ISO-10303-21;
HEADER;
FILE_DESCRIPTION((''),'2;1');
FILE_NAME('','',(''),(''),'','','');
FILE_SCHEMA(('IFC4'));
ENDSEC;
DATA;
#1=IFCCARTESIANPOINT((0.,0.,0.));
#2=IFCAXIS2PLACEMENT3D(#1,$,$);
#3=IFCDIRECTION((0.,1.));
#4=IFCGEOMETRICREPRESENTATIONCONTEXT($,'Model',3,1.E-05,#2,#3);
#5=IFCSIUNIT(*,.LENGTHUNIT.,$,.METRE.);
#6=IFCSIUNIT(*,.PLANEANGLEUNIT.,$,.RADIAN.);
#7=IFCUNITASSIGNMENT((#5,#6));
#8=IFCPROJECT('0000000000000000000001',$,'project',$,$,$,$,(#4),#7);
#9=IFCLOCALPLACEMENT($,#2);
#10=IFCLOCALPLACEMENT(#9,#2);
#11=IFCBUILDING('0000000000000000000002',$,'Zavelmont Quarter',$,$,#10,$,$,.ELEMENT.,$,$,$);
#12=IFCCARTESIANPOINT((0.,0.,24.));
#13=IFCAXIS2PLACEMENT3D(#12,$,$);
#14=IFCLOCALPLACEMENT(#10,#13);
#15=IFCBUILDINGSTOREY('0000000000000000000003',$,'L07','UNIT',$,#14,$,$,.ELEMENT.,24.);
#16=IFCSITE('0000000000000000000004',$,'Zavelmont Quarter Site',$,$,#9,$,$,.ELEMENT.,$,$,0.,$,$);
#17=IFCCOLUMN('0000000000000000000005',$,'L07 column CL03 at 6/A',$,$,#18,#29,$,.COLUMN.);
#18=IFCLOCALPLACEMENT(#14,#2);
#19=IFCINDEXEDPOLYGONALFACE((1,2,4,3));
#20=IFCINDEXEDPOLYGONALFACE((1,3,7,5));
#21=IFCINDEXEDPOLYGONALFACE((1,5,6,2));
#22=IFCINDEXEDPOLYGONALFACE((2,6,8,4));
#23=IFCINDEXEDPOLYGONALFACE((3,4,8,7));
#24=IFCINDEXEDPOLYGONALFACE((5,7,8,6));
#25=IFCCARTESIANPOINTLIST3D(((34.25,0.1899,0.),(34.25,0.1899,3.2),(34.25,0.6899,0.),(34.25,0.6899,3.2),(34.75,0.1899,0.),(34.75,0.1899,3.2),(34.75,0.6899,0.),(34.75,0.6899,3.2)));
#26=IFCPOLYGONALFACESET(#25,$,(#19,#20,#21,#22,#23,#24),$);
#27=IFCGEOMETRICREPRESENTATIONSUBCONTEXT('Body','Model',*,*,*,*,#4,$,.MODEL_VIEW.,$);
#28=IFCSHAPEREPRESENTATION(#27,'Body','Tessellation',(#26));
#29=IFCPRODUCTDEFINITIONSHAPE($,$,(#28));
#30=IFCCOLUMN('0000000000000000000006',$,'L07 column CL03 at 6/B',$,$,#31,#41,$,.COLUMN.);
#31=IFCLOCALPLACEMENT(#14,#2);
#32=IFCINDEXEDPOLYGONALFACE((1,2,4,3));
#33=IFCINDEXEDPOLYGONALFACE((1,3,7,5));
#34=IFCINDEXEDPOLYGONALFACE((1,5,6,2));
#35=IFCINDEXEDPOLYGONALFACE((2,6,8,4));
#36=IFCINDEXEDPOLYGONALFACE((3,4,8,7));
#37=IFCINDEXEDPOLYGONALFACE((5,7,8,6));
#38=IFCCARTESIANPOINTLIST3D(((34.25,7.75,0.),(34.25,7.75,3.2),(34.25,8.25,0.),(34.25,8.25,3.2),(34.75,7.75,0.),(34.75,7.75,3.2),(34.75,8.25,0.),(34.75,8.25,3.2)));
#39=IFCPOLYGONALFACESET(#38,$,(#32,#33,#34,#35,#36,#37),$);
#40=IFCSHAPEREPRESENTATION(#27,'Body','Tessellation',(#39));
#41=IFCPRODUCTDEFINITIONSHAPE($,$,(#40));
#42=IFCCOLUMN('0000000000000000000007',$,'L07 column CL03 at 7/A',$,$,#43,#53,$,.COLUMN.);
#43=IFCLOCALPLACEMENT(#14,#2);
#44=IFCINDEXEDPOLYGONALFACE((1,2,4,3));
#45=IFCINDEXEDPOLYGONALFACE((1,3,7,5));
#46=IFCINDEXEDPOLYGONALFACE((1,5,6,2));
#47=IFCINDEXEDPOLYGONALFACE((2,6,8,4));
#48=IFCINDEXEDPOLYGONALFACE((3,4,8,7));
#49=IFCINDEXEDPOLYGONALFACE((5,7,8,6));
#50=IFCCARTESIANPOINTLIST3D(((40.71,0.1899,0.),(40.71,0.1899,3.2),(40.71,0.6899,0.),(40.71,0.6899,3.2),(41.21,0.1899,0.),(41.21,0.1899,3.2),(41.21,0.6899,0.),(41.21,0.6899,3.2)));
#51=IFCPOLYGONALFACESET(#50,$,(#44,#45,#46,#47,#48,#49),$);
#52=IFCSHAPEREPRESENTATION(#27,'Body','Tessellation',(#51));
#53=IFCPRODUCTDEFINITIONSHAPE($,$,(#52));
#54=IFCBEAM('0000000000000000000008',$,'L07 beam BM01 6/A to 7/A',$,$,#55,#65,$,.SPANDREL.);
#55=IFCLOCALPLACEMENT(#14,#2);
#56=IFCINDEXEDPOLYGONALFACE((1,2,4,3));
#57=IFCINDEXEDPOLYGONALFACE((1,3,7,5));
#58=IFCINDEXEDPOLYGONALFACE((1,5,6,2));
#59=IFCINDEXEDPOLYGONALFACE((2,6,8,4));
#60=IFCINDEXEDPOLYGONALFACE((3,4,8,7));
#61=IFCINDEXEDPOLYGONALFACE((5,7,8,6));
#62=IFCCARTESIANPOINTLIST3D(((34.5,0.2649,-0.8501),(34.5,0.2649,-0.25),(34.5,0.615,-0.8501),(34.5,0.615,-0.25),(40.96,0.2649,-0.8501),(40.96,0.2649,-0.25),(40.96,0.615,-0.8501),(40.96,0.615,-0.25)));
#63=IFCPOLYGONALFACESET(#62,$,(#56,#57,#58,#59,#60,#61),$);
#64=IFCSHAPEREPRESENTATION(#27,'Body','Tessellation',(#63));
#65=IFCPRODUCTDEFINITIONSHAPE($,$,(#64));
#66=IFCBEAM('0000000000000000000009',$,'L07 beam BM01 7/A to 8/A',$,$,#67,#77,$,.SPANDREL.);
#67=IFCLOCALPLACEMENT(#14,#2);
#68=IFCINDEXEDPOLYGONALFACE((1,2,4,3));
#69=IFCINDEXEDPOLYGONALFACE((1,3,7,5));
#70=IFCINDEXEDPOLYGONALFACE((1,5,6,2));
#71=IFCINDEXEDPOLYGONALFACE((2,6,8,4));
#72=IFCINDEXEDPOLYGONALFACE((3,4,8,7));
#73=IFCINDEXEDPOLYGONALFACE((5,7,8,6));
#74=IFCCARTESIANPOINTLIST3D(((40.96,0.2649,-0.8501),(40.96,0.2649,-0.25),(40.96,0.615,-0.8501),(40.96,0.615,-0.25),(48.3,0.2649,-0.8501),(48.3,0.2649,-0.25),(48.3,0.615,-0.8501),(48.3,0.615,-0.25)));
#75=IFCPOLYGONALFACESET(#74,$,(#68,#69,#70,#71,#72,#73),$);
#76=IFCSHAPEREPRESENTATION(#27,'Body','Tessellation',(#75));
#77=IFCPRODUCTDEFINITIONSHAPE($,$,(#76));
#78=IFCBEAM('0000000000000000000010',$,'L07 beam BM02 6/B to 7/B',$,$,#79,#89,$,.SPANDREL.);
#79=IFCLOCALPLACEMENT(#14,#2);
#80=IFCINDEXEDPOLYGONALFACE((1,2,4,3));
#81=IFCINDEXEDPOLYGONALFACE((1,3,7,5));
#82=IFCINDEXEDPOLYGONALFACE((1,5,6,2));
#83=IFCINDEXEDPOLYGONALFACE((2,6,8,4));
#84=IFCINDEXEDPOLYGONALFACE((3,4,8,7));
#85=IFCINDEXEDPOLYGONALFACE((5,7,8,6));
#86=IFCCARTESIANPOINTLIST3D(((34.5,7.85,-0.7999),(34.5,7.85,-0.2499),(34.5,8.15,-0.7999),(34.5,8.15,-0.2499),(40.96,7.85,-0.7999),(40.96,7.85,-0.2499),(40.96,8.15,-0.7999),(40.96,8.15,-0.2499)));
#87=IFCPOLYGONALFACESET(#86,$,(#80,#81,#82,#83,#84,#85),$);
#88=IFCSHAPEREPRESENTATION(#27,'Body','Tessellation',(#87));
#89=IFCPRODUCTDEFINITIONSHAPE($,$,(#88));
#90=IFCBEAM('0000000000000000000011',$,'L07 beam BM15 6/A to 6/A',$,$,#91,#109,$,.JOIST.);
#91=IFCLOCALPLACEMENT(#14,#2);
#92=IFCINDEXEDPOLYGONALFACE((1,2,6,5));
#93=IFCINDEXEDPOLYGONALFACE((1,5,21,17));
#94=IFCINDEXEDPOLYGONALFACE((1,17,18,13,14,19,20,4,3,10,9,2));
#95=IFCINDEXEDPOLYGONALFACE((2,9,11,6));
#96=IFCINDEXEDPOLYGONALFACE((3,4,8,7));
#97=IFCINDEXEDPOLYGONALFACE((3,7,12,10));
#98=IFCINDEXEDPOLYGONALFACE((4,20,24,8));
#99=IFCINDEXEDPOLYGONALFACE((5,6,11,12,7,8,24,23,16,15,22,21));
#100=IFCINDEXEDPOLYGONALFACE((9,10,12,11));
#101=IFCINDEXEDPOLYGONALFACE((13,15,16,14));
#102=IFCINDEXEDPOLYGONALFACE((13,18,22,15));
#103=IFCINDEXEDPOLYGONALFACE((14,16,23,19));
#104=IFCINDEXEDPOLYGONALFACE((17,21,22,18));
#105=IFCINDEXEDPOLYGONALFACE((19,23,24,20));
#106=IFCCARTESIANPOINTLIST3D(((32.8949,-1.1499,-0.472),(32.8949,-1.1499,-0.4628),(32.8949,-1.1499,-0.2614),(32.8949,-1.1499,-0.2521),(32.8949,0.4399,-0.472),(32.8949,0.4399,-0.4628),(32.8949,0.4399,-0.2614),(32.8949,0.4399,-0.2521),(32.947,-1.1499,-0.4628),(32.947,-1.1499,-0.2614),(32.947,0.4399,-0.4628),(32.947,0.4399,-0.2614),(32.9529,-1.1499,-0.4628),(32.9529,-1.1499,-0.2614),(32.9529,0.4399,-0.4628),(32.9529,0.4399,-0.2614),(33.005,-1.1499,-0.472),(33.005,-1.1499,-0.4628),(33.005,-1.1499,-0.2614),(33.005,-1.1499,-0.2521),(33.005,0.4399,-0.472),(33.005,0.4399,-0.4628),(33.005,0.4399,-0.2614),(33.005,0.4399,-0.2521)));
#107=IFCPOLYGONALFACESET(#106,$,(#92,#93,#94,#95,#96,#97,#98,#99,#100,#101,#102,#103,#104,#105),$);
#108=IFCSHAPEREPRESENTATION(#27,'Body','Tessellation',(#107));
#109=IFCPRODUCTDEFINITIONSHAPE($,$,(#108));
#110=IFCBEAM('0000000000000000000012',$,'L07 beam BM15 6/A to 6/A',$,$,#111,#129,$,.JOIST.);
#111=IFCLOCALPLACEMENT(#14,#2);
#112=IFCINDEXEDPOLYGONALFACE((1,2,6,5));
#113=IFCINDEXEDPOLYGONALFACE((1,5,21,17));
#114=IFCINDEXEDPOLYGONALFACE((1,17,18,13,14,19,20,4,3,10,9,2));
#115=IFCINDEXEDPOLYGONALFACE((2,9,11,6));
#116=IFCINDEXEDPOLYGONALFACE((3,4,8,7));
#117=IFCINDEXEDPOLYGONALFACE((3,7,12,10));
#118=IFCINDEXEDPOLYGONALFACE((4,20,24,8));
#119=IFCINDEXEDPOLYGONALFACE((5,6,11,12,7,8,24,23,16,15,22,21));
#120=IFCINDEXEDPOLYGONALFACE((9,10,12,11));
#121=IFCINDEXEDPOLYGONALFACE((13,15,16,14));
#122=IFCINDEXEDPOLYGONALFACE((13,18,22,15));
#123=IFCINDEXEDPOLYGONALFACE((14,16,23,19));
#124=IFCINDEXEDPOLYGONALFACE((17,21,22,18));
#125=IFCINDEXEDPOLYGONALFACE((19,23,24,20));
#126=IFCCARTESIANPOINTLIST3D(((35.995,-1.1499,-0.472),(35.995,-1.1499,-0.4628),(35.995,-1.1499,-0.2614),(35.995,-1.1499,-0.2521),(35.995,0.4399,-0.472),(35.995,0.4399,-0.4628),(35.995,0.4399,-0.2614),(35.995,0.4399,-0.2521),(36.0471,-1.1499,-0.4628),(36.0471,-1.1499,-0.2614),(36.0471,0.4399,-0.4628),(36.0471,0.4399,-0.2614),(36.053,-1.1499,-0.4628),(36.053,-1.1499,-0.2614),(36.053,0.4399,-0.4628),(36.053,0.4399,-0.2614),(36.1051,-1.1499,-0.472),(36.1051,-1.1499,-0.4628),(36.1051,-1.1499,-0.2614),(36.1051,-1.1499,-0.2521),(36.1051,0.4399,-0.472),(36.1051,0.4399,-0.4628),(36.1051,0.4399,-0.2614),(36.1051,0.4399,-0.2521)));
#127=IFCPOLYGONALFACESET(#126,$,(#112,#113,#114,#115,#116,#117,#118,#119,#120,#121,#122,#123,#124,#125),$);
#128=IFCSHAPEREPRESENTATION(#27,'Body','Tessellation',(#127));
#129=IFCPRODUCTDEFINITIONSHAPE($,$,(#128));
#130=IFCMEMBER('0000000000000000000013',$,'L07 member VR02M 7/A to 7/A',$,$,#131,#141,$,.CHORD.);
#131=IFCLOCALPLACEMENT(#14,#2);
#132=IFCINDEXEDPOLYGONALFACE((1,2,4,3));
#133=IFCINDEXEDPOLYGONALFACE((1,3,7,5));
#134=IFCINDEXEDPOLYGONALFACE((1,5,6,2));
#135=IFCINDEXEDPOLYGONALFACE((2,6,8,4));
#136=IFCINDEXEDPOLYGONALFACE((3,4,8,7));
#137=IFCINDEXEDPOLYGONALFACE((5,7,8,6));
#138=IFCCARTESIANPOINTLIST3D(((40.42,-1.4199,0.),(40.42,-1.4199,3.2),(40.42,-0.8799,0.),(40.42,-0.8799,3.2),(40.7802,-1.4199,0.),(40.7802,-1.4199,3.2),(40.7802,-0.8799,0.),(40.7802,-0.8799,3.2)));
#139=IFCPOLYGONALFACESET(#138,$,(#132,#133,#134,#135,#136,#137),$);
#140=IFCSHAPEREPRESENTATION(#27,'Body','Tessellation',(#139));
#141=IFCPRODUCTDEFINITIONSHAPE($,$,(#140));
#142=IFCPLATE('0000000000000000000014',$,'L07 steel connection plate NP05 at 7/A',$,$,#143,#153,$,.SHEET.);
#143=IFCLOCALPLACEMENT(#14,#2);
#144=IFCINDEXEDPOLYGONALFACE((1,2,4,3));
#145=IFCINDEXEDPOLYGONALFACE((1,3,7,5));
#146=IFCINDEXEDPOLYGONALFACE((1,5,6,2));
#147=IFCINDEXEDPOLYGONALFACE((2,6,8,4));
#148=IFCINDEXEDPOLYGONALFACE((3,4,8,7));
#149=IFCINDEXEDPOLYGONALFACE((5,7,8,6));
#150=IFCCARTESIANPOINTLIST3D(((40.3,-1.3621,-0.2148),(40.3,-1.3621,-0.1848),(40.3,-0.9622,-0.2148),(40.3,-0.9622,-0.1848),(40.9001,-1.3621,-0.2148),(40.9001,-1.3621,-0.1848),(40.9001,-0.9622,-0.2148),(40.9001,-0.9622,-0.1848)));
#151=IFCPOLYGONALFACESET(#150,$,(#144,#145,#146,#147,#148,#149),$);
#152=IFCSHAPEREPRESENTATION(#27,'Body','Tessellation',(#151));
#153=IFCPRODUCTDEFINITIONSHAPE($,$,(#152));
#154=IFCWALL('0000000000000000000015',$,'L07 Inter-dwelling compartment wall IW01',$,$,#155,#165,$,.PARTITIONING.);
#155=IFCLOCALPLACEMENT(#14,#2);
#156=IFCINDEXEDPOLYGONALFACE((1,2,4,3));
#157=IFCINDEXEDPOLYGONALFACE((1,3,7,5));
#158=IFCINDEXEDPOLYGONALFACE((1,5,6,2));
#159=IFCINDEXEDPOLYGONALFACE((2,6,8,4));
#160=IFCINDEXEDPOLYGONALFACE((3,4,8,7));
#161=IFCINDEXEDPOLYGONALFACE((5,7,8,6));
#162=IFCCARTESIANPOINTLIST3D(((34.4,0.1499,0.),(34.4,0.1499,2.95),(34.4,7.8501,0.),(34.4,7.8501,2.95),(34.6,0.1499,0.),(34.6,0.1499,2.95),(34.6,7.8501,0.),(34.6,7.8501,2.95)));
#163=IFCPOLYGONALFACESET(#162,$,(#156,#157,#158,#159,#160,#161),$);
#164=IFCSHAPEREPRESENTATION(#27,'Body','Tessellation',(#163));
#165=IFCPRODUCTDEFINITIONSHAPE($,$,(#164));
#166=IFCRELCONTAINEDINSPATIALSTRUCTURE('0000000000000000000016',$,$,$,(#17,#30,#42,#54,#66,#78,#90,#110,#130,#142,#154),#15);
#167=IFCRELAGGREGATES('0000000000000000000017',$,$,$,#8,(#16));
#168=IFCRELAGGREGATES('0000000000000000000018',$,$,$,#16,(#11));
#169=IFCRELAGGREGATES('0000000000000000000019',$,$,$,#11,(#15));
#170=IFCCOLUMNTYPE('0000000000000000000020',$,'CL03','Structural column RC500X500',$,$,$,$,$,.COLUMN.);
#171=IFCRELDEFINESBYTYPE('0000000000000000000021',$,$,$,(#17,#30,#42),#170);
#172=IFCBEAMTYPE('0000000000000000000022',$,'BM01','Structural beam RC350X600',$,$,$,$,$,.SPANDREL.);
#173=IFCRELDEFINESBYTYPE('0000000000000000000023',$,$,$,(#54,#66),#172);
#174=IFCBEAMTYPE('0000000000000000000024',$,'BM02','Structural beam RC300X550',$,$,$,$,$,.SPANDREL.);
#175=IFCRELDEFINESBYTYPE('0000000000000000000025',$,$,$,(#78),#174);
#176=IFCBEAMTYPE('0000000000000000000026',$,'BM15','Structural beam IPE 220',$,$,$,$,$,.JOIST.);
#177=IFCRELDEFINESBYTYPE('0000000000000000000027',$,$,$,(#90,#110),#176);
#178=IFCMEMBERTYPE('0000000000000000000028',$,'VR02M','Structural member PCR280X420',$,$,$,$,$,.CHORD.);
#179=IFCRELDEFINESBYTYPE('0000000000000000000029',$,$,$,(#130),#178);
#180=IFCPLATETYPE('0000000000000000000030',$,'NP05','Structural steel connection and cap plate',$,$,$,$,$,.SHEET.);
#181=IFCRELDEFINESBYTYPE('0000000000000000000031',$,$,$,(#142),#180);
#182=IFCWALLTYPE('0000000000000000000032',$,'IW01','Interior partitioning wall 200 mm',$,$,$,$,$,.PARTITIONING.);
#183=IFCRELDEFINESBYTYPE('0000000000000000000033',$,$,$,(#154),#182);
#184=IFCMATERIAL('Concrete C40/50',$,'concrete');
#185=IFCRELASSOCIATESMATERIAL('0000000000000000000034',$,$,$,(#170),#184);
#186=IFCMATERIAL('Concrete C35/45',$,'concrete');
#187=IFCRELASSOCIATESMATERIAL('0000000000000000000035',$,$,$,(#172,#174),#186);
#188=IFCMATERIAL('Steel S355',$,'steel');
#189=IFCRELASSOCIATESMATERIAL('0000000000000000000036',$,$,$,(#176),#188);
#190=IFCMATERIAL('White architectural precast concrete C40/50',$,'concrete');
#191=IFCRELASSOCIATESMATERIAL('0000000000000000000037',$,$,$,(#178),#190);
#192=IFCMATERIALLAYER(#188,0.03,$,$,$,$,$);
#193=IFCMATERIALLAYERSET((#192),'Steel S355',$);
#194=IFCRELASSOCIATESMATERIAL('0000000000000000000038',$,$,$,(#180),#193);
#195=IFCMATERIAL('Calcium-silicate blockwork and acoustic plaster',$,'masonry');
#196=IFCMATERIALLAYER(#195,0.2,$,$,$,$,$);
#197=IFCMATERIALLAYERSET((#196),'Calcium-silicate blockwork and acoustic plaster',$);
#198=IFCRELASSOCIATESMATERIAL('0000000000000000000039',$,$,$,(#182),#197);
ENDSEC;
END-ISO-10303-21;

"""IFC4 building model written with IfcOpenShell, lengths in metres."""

from ifc_helpers import new_model, si_unit, direction, frame, frame_2d, origin, origin_2d, place, context, subcontext, project, spatial, rectangle, i_section, extrude, material, layer, layer_set, material_profile, profile_set, type_object, element, save


model = new_model("IFC4")

# Units and contexts
model_context = context("Model", 3, precision=1e-05, world=origin(), true_north=direction((0.0, 1.0)))
body_context = subcontext(model_context, "Body", "Model", "MODEL_VIEW")
ifc_project = project(units=[si_unit("LENGTHUNIT", "METRE"), si_unit("PLANEANGLEUNIT", "RADIAN")], contexts=[model_context])

# Site, building, storey
site_placement = place(None, origin())
site = spatial("IfcSite", under=ifc_project, at=site_placement, Name="Zavelmont Quarter Site", CompositionType="ELEMENT", RefElevation=0.0)
building_placement = place(site_placement, origin())
building = spatial("IfcBuilding", under=site, at=building_placement, Name="Zavelmont Quarter", CompositionType="ELEMENT")
storey_placement = place(building_placement, frame((0.0, 0.0, 24.0)))
storey = spatial("IfcBuildingStorey", under=building, at=storey_placement, Name="L07", Description="UNIT", CompositionType="ELEMENT", Elevation=24.0)

# Columns
ifc_material_1 = material(Name="Concrete C40/50", Category="concrete")
ifc_material_profile_1 = material_profile(ifc_material_1, rectangle(XDim=0.5, YDim=0.5, at=origin_2d()), Name="RC500X500")
ifc_profile_set_1 = profile_set([ifc_material_profile_1], Name="Concrete C40/50")
column_type = type_object("IfcColumnType", Name="CL03", Description="Structural column RC500X500", PredefinedType="COLUMN", material=ifc_profile_set_1)
for number, where, z_axis, x_axis, name in (
    (1, (34.5, 0.4399, 0.0), (0.0, 0.0, 1.0), (1.0, 0.0, 0.0), "L07 column CL03 at 6/A"),
    (2, (34.5, 8.0, 0.0), (0.0, 0.0, 1.0), (1.0, 0.0, 0.0), "L07 column CL03 at 6/B"),
    (3, (40.96, 0.4399, 0.0), (0.0, 0.0, 1.0), (1.0, 0.0, 0.0), "L07 column CL03 at 7/A"),
):
    element("IfcColumn", number, at=place(storey_placement, frame(where, z_axis=z_axis, x_axis=x_axis)), inside=storey, type_object=column_type, Name=name, PredefinedType="COLUMN", context=body_context, shape_type="SweptSolid", body=[
        extrude(rectangle(XDim=0.5, YDim=0.5, at=origin_2d()), origin(), (0.0, 0.0, 1.0), 3.2),
    ])

# Beams
ifc_material_2 = material(Name="Concrete C35/45", Category="concrete")
ifc_material_profile_2 = material_profile(ifc_material_2, rectangle(XDim=0.3501, YDim=0.6001, at=origin_2d()), Name="RC350X600")
ifc_profile_set_2 = profile_set([ifc_material_profile_2], Name="Concrete C35/45")
beam_type_1 = type_object("IfcBeamType", Name="BM01", Description="Structural beam RC350X600", PredefinedType="SPANDREL", material=ifc_profile_set_2)
beam_1_placement = place(storey_placement, frame((34.5, 0.4399, -0.55), z_axis=(1.0, 0.0, 0.0), x_axis=(0.0, 1.0, 0.0)))
element("IfcBeam", 4, at=beam_1_placement, inside=storey, type_object=beam_type_1, Name="L07 beam BM01 6/A to 7/A", PredefinedType="SPANDREL", context=body_context, shape_type="SweptSolid", body=[
    extrude(rectangle(XDim=0.3501, YDim=0.6001, at=origin_2d()), origin(), (0.0, 0.0, 1.0), 6.46),
])
beam_2_placement = place(storey_placement, frame((40.96, 0.4399, -0.55), z_axis=(1.0, 0.0, 0.0), x_axis=(0.0, 1.0, 0.0)))
element("IfcBeam", 5, at=beam_2_placement, inside=storey, type_object=beam_type_1, Name="L07 beam BM01 7/A to 8/A", PredefinedType="SPANDREL", context=body_context, shape_type="SweptSolid", body=[
    extrude(rectangle(XDim=0.3501, YDim=0.6001, at=origin_2d()), origin(), (0.0, 0.0, 1.0), 7.3401),
])
ifc_material_profile_3 = material_profile(ifc_material_2, rectangle(XDim=0.3, YDim=0.55, at=origin_2d()), Name="RC300X550")
ifc_profile_set_3 = profile_set([ifc_material_profile_3], Name="Concrete C35/45")
beam_type_2 = type_object("IfcBeamType", Name="BM02", Description="Structural beam RC300X550", PredefinedType="SPANDREL", material=ifc_profile_set_3)
beam_3_placement = place(storey_placement, frame((34.5, 8.0, -0.5249), z_axis=(1.0, 0.0, 0.0), x_axis=(0.0, 1.0, 0.0)))
element("IfcBeam", 6, at=beam_3_placement, inside=storey, type_object=beam_type_2, Name="L07 beam BM02 6/B to 7/B", PredefinedType="SPANDREL", context=body_context, shape_type="SweptSolid", body=[
    extrude(rectangle(XDim=0.3, YDim=0.55, at=origin_2d()), origin(), (0.0, 0.0, 1.0), 6.46),
])
ifc_material_3 = material(Name="Steel S355", Category="steel")
ifc_material_profile_4 = material_profile(ifc_material_3, i_section(OverallWidth=0.1101, OverallDepth=0.22, WebThickness=0.0059, FlangeThickness=0.0093, at=origin_2d()), Name="IPE 220")
ifc_profile_set_4 = profile_set([ifc_material_profile_4], Name="Steel S355")
beam_type_3 = type_object("IfcBeamType", Name="BM15", Description="Structural beam IPE 220", PredefinedType="JOIST", material=ifc_profile_set_4)
for number, where, z_axis, x_axis, name in (
    (7, (32.95, 0.4399, -0.3621), (0.0, -1.0, 0.0), (1.0, 0.0, 0.0), "L07 beam BM15 6/A to 6/A"),
    (8, (36.05, 0.4399, -0.3621), (0.0, -1.0, 0.0), (1.0, 0.0, 0.0), "L07 beam BM15 6/A to 6/A"),
):
    element("IfcBeam", number, at=place(storey_placement, frame(where, z_axis=z_axis, x_axis=x_axis)), inside=storey, type_object=beam_type_3, Name=name, PredefinedType="JOIST", context=body_context, shape_type="SweptSolid", body=[
        extrude(i_section(OverallWidth=0.1101, OverallDepth=0.22, WebThickness=0.0059, FlangeThickness=0.0093, at=origin_2d()), origin(), (0.0, 0.0, 1.0), 1.5898),
    ])

# Member
ifc_material_4 = material(Name="White architectural precast concrete C40/50", Category="concrete")
ifc_material_profile_5 = material_profile(ifc_material_4, rectangle(XDim=0.3601, YDim=0.54, at=origin_2d()), Name="PCR280X420")
ifc_profile_set_5 = profile_set([ifc_material_profile_5], Name="White architectural precast concrete C40/50")
member_type = type_object("IfcMemberType", Name="VR02M", Description="Structural member PCR280X420", PredefinedType="CHORD", material=ifc_profile_set_5)
member_placement = place(storey_placement, frame((40.6001, -1.1499, 0.0), z_axis=(0.0, 0.0, 1.0), x_axis=(1.0, 0.0, 0.0)))
element("IfcMember", 9, at=member_placement, inside=storey, type_object=member_type, Name="L07 member VR02M 7/A to 7/A", PredefinedType="CHORD", context=body_context, shape_type="SweptSolid", body=[
    extrude(rectangle(XDim=0.3601, YDim=0.54, at=origin_2d()), origin(), (0.0, 0.0, 1.0), 3.2),
])

# Plate
ifc_layer_1 = layer(ifc_material_3, 0.03)
ifc_layer_set_1 = layer_set([ifc_layer_1], Name="Steel S355")
plate_type = type_object("IfcPlateType", Name="NP05", Description="Structural steel connection and cap plate", PredefinedType="SHEET", material=ifc_layer_set_1)
plate_placement = place(storey_placement, frame((40.6001, -1.1621, -0.2148), z_axis=(0.0, 0.0, 1.0), x_axis=(1.0, 0.0, 0.0)))
element("IfcPlate", 10, at=plate_placement, inside=storey, type_object=plate_type, Name="L07 steel connection plate NP05 at 7/A", PredefinedType="SHEET", context=body_context, shape_type="SweptSolid", body=[
    extrude(rectangle(XDim=0.6001, YDim=0.3999, at=origin_2d()), origin(), (0.0, 0.0, 1.0), 0.03),
])

# Wall
ifc_material_5 = material(Name="Calcium-silicate blockwork and acoustic plaster", Category="masonry")
ifc_layer_2 = layer(ifc_material_5, 0.2)
ifc_layer_set_2 = layer_set([ifc_layer_2], Name="Calcium-silicate blockwork and acoustic plaster")
wall_type_1 = type_object("IfcWallType", Name="IW01", Description="Interior partitioning wall 200 mm", PredefinedType="PARTITIONING", material=ifc_layer_set_2)
wall_1_placement = place(storey_placement, frame((34.5, 7.8501, 0.0), z_axis=(0.0, 0.0, 1.0), x_axis=(0.0, -1.0, 0.0)))
element("IfcWall", 11, at=wall_1_placement, inside=storey, type_object=wall_type_1, Name="L07 Inter-dwelling compartment wall IW01", PredefinedType="PARTITIONING", context=body_context, shape_type="SweptSolid", body=[
    extrude(rectangle(XDim=7.7002, YDim=0.2, at=frame_2d((3.8501, 0.0))), origin(), (0.0, 0.0, 1.0), 2.95),
])

save(model, "model.ifc")
